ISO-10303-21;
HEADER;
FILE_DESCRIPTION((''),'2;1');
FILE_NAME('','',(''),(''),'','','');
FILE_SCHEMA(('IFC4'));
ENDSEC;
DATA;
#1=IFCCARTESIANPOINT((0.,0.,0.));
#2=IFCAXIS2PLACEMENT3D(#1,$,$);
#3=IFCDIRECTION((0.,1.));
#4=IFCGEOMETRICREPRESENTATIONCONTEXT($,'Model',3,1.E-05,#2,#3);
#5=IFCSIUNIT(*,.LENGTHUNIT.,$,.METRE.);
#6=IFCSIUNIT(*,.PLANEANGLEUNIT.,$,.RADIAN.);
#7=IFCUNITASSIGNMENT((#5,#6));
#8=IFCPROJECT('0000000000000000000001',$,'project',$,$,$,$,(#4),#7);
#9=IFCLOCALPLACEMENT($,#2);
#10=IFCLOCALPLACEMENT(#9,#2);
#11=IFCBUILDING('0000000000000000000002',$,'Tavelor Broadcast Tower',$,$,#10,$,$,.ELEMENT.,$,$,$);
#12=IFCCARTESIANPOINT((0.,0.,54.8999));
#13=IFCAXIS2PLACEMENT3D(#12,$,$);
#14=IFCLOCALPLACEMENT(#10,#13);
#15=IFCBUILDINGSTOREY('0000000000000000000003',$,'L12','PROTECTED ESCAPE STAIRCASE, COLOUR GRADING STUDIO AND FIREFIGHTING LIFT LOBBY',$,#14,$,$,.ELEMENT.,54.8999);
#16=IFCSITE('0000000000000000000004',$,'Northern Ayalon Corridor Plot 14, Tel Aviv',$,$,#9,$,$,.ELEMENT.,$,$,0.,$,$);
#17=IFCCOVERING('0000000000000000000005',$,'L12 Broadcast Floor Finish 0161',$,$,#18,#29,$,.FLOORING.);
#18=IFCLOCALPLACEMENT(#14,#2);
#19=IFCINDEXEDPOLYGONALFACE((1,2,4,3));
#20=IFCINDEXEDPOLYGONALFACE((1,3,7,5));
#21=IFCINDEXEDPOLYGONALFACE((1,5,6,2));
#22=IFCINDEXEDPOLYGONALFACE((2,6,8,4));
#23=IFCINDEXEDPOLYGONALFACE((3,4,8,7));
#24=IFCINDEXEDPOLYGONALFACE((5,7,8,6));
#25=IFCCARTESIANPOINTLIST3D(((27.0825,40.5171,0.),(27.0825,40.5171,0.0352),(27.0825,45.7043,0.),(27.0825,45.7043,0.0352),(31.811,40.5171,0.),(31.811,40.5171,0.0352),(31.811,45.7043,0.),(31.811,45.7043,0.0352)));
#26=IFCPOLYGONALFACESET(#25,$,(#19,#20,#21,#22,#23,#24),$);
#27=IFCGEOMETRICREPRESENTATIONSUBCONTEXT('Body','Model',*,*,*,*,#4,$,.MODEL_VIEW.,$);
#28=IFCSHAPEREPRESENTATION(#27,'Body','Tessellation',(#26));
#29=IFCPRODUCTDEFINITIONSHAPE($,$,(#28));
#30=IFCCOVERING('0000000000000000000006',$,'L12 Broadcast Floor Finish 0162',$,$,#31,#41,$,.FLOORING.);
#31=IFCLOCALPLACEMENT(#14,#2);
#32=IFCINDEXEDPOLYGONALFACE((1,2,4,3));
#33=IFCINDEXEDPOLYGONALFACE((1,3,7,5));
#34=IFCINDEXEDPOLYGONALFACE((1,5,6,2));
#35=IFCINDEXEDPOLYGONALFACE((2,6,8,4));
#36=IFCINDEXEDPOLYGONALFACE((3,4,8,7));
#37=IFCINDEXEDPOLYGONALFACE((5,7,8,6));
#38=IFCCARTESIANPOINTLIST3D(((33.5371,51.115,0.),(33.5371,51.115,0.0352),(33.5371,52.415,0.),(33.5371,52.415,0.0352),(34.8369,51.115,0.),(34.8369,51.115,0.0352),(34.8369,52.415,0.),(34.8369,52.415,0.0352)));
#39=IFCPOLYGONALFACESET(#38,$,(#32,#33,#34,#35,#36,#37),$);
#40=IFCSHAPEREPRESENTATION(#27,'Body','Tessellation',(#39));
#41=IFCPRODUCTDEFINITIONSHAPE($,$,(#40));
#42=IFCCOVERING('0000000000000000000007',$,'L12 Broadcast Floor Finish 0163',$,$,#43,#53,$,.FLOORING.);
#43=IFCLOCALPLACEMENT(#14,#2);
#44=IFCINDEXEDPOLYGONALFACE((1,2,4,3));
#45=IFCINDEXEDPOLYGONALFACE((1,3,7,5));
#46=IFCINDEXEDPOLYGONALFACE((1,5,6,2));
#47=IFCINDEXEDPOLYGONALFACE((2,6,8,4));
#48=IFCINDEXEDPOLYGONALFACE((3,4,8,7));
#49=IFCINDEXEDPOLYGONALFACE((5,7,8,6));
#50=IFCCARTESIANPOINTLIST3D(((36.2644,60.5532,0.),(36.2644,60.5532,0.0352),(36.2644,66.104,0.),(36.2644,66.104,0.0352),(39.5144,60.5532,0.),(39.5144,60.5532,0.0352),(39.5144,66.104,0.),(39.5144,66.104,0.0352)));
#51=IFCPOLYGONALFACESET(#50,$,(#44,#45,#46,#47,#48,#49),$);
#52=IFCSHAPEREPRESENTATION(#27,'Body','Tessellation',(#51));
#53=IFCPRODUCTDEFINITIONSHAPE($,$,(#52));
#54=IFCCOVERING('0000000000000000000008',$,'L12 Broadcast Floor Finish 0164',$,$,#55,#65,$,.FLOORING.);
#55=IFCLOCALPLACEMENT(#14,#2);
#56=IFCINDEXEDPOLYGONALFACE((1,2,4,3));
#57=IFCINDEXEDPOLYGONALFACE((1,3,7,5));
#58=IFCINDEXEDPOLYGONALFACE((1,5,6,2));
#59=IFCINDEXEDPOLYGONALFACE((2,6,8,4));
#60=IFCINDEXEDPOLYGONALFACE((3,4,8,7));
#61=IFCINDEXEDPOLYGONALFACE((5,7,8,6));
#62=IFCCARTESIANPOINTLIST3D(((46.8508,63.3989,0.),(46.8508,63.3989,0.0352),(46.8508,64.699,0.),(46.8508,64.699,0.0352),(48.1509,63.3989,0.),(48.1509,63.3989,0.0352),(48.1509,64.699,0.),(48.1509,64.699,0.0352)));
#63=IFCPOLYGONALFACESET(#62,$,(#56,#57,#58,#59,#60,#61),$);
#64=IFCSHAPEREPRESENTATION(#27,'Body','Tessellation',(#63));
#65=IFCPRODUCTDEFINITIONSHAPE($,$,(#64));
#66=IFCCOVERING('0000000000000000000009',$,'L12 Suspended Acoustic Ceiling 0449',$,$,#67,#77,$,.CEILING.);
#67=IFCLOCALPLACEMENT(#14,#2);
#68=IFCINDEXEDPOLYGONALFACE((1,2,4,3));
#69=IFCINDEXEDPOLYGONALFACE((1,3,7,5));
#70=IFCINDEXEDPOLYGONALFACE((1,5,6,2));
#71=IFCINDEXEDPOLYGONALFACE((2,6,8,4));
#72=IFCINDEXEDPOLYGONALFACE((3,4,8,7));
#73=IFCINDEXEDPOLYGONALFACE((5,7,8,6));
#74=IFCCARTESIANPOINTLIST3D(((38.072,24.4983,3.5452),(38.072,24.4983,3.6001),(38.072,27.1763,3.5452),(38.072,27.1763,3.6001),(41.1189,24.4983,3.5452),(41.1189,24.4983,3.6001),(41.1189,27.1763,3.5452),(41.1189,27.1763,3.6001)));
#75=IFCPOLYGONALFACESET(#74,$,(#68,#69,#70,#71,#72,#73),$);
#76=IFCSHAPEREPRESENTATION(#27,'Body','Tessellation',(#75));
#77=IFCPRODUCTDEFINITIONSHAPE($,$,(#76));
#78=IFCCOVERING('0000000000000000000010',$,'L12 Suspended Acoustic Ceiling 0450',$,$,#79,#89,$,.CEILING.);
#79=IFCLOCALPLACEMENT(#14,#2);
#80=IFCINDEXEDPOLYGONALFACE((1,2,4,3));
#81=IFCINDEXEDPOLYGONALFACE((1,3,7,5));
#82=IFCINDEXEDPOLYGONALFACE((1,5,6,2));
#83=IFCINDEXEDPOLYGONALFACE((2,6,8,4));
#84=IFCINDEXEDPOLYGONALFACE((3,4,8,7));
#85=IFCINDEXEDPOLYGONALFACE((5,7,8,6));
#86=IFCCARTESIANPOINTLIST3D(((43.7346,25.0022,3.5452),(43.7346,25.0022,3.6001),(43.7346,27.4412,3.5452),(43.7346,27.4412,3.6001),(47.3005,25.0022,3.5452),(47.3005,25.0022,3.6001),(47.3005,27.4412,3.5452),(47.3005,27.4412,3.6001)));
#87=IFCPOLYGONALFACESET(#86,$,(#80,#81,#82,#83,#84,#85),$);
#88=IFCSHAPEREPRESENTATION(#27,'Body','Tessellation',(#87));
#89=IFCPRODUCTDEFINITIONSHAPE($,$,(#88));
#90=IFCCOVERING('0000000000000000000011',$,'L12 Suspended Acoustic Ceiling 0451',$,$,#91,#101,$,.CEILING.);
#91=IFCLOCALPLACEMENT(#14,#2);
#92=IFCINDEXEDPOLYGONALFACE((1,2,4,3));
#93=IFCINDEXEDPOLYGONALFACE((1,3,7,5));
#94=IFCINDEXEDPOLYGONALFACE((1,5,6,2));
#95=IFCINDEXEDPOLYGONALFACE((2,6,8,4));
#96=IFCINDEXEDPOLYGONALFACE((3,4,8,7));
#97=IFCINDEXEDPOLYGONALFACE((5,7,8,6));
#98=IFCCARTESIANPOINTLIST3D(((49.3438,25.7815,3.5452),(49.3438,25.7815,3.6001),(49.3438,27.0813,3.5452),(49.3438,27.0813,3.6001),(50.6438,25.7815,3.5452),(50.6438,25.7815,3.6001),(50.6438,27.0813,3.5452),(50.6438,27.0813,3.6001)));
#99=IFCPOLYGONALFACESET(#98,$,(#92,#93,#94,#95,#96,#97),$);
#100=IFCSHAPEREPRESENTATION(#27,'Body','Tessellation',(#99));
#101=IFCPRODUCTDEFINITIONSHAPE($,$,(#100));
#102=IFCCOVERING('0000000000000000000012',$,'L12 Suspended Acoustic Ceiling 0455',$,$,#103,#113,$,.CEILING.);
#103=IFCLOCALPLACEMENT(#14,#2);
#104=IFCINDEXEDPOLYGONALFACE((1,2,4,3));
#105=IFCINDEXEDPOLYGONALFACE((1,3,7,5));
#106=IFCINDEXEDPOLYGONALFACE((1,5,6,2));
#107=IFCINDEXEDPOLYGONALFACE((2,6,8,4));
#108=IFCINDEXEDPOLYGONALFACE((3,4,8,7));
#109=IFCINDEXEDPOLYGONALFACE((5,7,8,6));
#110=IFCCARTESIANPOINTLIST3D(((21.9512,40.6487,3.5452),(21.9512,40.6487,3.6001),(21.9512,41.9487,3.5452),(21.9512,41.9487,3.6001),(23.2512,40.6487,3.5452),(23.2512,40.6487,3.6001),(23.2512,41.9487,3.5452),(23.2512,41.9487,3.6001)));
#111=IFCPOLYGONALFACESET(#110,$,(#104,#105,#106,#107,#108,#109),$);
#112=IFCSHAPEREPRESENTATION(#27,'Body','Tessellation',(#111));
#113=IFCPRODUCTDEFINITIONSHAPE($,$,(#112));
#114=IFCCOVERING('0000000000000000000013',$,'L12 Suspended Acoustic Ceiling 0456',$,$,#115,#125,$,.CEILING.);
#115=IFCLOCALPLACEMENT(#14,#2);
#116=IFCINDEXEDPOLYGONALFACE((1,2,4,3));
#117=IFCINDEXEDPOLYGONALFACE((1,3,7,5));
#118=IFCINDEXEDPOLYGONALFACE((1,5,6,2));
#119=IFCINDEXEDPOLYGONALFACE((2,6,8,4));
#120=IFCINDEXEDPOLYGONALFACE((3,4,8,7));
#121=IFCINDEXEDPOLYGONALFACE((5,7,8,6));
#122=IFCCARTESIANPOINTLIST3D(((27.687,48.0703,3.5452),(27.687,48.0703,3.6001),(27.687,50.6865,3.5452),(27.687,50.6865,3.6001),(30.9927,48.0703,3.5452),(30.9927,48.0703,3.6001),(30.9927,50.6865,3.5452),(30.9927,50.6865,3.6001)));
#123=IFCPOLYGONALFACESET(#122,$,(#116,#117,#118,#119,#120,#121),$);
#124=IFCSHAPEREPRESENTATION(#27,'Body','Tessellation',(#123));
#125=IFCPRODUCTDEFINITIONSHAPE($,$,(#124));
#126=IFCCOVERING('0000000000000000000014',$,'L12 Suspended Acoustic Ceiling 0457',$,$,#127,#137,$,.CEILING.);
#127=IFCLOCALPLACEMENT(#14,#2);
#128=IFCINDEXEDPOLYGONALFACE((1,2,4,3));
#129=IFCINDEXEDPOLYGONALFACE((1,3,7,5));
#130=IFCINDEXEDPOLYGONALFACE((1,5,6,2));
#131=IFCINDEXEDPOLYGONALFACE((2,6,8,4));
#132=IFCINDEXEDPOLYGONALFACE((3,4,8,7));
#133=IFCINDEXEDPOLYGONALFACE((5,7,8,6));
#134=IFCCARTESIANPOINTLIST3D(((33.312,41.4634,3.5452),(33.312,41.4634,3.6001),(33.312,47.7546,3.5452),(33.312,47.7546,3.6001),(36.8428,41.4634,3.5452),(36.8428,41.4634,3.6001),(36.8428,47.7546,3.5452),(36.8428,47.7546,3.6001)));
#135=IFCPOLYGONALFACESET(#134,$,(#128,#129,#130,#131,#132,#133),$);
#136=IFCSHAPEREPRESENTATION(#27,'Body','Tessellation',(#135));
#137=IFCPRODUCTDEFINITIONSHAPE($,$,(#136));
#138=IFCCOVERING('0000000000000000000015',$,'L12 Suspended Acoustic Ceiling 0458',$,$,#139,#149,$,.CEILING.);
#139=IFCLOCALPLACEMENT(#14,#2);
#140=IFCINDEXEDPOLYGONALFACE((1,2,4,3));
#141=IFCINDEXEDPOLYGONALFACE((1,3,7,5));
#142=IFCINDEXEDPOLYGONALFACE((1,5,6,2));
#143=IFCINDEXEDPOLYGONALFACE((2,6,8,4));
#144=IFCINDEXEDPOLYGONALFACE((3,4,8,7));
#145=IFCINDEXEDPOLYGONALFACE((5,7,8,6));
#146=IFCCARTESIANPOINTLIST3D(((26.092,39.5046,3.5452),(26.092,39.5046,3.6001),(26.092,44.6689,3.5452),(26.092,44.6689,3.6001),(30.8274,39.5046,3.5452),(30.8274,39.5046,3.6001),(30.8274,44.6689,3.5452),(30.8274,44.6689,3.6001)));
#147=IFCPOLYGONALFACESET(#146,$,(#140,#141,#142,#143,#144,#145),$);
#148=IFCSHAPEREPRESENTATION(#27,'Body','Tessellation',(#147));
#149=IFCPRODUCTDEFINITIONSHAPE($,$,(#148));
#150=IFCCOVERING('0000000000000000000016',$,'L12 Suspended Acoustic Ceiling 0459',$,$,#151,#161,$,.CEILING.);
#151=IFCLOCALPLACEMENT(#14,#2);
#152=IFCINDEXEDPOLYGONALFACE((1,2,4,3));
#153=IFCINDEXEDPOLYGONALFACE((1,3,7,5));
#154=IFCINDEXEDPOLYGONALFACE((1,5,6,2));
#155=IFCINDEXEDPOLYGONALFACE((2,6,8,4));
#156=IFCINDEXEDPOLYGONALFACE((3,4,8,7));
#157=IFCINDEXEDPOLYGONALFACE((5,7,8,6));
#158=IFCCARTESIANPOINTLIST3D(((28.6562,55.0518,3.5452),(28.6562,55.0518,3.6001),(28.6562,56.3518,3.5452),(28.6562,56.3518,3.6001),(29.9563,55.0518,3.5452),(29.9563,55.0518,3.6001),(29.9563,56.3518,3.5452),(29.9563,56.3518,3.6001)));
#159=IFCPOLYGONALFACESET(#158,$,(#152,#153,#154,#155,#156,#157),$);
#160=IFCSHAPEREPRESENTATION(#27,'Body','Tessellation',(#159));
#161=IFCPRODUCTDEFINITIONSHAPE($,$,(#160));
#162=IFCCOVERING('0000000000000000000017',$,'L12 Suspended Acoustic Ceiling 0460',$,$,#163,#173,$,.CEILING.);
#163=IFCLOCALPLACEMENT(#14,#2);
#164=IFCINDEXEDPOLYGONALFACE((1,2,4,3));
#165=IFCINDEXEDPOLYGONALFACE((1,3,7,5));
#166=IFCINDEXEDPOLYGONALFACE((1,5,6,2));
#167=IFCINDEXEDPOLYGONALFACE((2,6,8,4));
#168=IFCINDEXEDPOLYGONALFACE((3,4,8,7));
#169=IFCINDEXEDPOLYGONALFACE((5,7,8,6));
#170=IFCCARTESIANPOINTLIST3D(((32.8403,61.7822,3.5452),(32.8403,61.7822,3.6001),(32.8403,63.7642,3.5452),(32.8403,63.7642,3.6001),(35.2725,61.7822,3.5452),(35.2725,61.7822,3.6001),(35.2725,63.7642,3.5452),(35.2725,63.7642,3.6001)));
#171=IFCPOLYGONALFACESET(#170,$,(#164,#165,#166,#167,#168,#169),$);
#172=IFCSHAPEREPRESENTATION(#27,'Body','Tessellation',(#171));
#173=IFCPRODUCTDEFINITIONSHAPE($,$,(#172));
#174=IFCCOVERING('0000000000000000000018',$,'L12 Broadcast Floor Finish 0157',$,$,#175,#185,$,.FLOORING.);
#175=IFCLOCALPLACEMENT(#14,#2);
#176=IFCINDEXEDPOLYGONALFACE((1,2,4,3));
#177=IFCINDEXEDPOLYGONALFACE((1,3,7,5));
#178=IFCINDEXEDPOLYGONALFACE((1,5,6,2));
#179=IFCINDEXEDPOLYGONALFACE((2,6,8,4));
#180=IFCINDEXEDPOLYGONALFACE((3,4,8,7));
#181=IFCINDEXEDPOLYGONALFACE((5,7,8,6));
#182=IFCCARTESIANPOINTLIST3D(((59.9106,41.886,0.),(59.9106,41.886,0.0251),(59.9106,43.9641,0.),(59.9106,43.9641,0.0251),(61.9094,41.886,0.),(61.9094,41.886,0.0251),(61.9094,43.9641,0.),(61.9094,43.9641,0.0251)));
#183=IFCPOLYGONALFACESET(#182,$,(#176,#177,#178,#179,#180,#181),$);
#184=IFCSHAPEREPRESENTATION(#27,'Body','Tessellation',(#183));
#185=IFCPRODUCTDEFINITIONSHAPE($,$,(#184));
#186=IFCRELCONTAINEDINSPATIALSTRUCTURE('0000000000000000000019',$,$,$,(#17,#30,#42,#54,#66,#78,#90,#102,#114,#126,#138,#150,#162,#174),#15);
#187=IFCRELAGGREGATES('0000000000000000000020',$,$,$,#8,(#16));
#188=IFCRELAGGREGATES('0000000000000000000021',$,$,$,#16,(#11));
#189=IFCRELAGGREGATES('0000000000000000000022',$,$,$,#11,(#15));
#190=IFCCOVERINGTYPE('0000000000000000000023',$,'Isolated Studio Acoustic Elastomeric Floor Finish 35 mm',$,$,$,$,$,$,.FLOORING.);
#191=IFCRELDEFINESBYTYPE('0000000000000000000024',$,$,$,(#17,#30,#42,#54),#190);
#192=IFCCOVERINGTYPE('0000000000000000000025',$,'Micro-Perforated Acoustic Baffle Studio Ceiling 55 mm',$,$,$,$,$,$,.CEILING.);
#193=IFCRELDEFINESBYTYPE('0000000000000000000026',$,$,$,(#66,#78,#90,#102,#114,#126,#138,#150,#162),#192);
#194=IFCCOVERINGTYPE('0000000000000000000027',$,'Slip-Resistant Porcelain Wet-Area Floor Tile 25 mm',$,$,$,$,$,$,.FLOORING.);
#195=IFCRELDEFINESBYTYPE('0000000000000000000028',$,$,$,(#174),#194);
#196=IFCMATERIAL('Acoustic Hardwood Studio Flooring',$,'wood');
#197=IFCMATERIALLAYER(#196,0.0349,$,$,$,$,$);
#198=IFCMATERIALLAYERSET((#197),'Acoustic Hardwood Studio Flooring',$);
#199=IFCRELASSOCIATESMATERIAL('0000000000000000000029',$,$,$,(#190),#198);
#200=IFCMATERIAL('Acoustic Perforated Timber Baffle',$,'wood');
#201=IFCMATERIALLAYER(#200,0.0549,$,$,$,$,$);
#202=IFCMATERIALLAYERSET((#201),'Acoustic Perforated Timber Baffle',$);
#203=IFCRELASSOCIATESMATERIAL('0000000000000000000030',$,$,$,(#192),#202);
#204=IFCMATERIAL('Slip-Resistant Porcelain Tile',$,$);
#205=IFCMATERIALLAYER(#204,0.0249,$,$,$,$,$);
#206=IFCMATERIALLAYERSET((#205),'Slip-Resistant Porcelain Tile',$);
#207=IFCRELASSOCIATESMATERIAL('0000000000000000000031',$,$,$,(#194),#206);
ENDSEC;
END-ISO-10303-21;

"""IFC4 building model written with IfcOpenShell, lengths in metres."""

from ifc_helpers import new_model, si_unit, direction, frame, origin, place, context, subcontext, project, spatial, polyline, outline, extrude, material, layer, layer_set, type_object, element, save


model = new_model("IFC4")

# Units and contexts
model_context = context("Model", 3, precision=1e-05, world=origin(), true_north=direction((0.0, 1.0)))
body_context = subcontext(model_context, "Body", "Model", "MODEL_VIEW")
ifc_project = project(units=[si_unit("LENGTHUNIT", "METRE"), si_unit("PLANEANGLEUNIT", "RADIAN")], contexts=[model_context])

# Site, building, storey
site_placement = place(None, origin())
site = spatial("IfcSite", under=ifc_project, at=site_placement, Name="Northern Ayalon Corridor Plot 14, Tel Aviv", CompositionType="ELEMENT", RefElevation=0.0)
building_placement = place(site_placement, origin())
building = spatial("IfcBuilding", under=site, at=building_placement, Name="Tavelor Broadcast Tower", CompositionType="ELEMENT")
storey_placement = place(building_placement, frame((0.0, 0.0, 54.8999)))
storey = spatial("IfcBuildingStorey", under=building, at=storey_placement, Name="L12", Description="PROTECTED ESCAPE STAIRCASE, COLOUR GRADING STUDIO AND FIREFIGHTING LIFT LOBBY", CompositionType="ELEMENT", Elevation=54.8999)

# Coverings
ifc_material_1 = material(Name="Acoustic Hardwood Studio Flooring", Category="wood")
ifc_layer_1 = layer(ifc_material_1, 0.0349)
ifc_layer_set_1 = layer_set([ifc_layer_1], Name="Acoustic Hardwood Studio Flooring")
covering_type_1 = type_object("IfcCoveringType", Name="Isolated Studio Acoustic Elastomeric Floor Finish 35 mm", PredefinedType="FLOORING", material=ifc_layer_set_1)
covering_1_placement = place(storey_placement, origin())
element("IfcCovering", 1, at=covering_1_placement, inside=storey, type_object=covering_type_1, Name="L12 Broadcast Floor Finish 0161", PredefinedType="FLOORING", context=body_context, shape_type="SweptSolid", body=[
    extrude(outline(polyline([(27.0825, 40.5171), (31.811, 40.5171), (31.811, 45.7043), (27.0825, 45.7043), (27.0825, 40.5171)])), origin(), (0.0, 0.0, 1.0), 0.0352),
])
covering_2_placement = place(storey_placement, origin())
element("IfcCovering", 2, at=covering_2_placement, inside=storey, type_object=covering_type_1, Name="L12 Broadcast Floor Finish 0162", PredefinedType="FLOORING", context=body_context, shape_type="SweptSolid", body=[
    extrude(outline(polyline([(33.5371, 51.115), (34.8369, 51.115), (34.8369, 52.415), (33.5371, 52.415), (33.5371, 51.115)])), origin(), (0.0, 0.0, 1.0), 0.0352),
])
covering_3_placement = place(storey_placement, origin())
element("IfcCovering", 3, at=covering_3_placement, inside=storey, type_object=covering_type_1, Name="L12 Broadcast Floor Finish 0163", PredefinedType="FLOORING", context=body_context, shape_type="SweptSolid", body=[
    extrude(outline(polyline([(36.2644, 60.5532), (39.5144, 60.5532), (39.5144, 66.104), (36.2644, 66.104), (36.2644, 60.5532)])), origin(), (0.0, 0.0, 1.0), 0.0352),
])
covering_4_placement = place(storey_placement, origin())
element("IfcCovering", 4, at=covering_4_placement, inside=storey, type_object=covering_type_1, Name="L12 Broadcast Floor Finish 0164", PredefinedType="FLOORING", context=body_context, shape_type="SweptSolid", body=[
    extrude(outline(polyline([(46.8508, 63.3989), (48.1509, 63.3989), (48.1509, 64.699), (46.8508, 64.699), (46.8508, 63.3989)])), origin(), (0.0, 0.0, 1.0), 0.0352),
])
ifc_material_2 = material(Name="Acoustic Perforated Timber Baffle", Category="wood")
ifc_layer_2 = layer(ifc_material_2, 0.0549)
ifc_layer_set_2 = layer_set([ifc_layer_2], Name="Acoustic Perforated Timber Baffle")
covering_type_2 = type_object("IfcCoveringType", Name="Micro-Perforated Acoustic Baffle Studio Ceiling 55 mm", PredefinedType="CEILING", material=ifc_layer_set_2)
covering_5_placement = place(storey_placement, frame((0.0, 0.0, 3.5452)))
element("IfcCovering", 5, at=covering_5_placement, inside=storey, type_object=covering_type_2, Name="L12 Suspended Acoustic Ceiling 0449", PredefinedType="CEILING", context=body_context, shape_type="SweptSolid", body=[
    extrude(outline(polyline([(38.072, 24.4983), (41.1189, 24.4983), (41.1189, 27.1763), (38.072, 27.1763), (38.072, 24.4983)])), origin(), (0.0, 0.0, 1.0), 0.0549),
])
covering_6_placement = place(storey_placement, frame((0.0, 0.0, 3.5452)))
element("IfcCovering", 6, at=covering_6_placement, inside=storey, type_object=covering_type_2, Name="L12 Suspended Acoustic Ceiling 0450", PredefinedType="CEILING", context=body_context, shape_type="SweptSolid", body=[
    extrude(outline(polyline([(43.7346, 25.0022), (47.3005, 25.0022), (47.3005, 27.4412), (43.7346, 27.4412), (43.7346, 25.0022)])), origin(), (0.0, 0.0, 1.0), 0.0549),
])
covering_7_placement = place(storey_placement, frame((0.0, 0.0, 3.5452)))
element("IfcCovering", 7, at=covering_7_placement, inside=storey, type_object=covering_type_2, Name="L12 Suspended Acoustic Ceiling 0451", PredefinedType="CEILING", context=body_context, shape_type="SweptSolid", body=[
    extrude(outline(polyline([(49.3438, 25.7815), (50.6438, 25.7815), (50.6438, 27.0813), (49.3438, 27.0813), (49.3438, 25.7815)])), origin(), (0.0, 0.0, 1.0), 0.0549),
])
covering_8_placement = place(storey_placement, frame((0.0, 0.0, 3.5452)))
element("IfcCovering", 8, at=covering_8_placement, inside=storey, type_object=covering_type_2, Name="L12 Suspended Acoustic Ceiling 0455", PredefinedType="CEILING", context=body_context, shape_type="SweptSolid", body=[
    extrude(outline(polyline([(21.9512, 40.6487), (23.2512, 40.6487), (23.2512, 41.9487), (21.9512, 41.9487), (21.9512, 40.6487)])), origin(), (0.0, 0.0, 1.0), 0.0549),
])
covering_9_placement = place(storey_placement, frame((0.0, 0.0, 3.5452)))
element("IfcCovering", 9, at=covering_9_placement, inside=storey, type_object=covering_type_2, Name="L12 Suspended Acoustic Ceiling 0456", PredefinedType="CEILING", context=body_context, shape_type="SweptSolid", body=[
    extrude(outline(polyline([(27.687, 48.0703), (30.9927, 48.0703), (30.9927, 50.6865), (27.687, 50.6865), (27.687, 48.0703)])), origin(), (0.0, 0.0, 1.0), 0.0549),
])
covering_10_placement = place(storey_placement, frame((0.0, 0.0, 3.5452)))
element("IfcCovering", 10, at=covering_10_placement, inside=storey, type_object=covering_type_2, Name="L12 Suspended Acoustic Ceiling 0457", PredefinedType="CEILING", context=body_context, shape_type="SweptSolid", body=[
    extrude(outline(polyline([(33.312, 41.4634), (36.8428, 41.4634), (36.8428, 47.7546), (33.312, 47.7546), (33.312, 41.4634)])), origin(), (0.0, 0.0, 1.0), 0.0549),
])
covering_11_placement = place(storey_placement, frame((0.0, 0.0, 3.5452)))
element("IfcCovering", 11, at=covering_11_placement, inside=storey, type_object=covering_type_2, Name="L12 Suspended Acoustic Ceiling 0458", PredefinedType="CEILING", context=body_context, shape_type="SweptSolid", body=[
    extrude(outline(polyline([(26.092, 39.5046), (30.8274, 39.5046), (30.8274, 44.6689), (26.092, 44.6689), (26.092, 39.5046)])), origin(), (0.0, 0.0, 1.0), 0.0549),
])
covering_12_placement = place(storey_placement, frame((0.0, 0.0, 3.5452)))
element("IfcCovering", 12, at=covering_12_placement, inside=storey, type_object=covering_type_2, Name="L12 Suspended Acoustic Ceiling 0459", PredefinedType="CEILING", context=body_context, shape_type="SweptSolid", body=[
    extrude(outline(polyline([(28.6562, 55.0518), (29.9563, 55.0518), (29.9563, 56.3518), (28.6562, 56.3518), (28.6562, 55.0518)])), origin(), (0.0, 0.0, 1.0), 0.0549),
])
covering_13_placement = place(storey_placement, frame((0.0, 0.0, 3.5452)))
element("IfcCovering", 13, at=covering_13_placement, inside=storey, type_object=covering_type_2, Name="L12 Suspended Acoustic Ceiling 0460", PredefinedType="CEILING", context=body_context, shape_type="SweptSolid", body=[
    extrude(outline(polyline([(32.8403, 61.7822), (35.2725, 61.7822), (35.2725, 63.7642), (32.8403, 63.7642), (32.8403, 61.7822)])), origin(), (0.0, 0.0, 1.0), 0.0549),
])
ifc_material_3 = material(Name="Slip-Resistant Porcelain Tile")
ifc_layer_3 = layer(ifc_material_3, 0.0249)
ifc_layer_set_3 = layer_set([ifc_layer_3], Name="Slip-Resistant Porcelain Tile")
covering_type_3 = type_object("IfcCoveringType", Name="Slip-Resistant Porcelain Wet-Area Floor Tile 25 mm", PredefinedType="FLOORING", material=ifc_layer_set_3)
covering_14_placement = place(storey_placement, origin())
element("IfcCovering", 14, at=covering_14_placement, inside=storey, type_object=covering_type_3, Name="L12 Broadcast Floor Finish 0157", PredefinedType="FLOORING", context=body_context, shape_type="SweptSolid", body=[
    extrude(outline(polyline([(59.9106, 41.886), (61.9094, 41.886), (61.9094, 43.9641), (59.9106, 43.9641), (59.9106, 41.886)])), origin(), (0.0, 0.0, 1.0), 0.0251),
])

save(model, "model.ifc")
